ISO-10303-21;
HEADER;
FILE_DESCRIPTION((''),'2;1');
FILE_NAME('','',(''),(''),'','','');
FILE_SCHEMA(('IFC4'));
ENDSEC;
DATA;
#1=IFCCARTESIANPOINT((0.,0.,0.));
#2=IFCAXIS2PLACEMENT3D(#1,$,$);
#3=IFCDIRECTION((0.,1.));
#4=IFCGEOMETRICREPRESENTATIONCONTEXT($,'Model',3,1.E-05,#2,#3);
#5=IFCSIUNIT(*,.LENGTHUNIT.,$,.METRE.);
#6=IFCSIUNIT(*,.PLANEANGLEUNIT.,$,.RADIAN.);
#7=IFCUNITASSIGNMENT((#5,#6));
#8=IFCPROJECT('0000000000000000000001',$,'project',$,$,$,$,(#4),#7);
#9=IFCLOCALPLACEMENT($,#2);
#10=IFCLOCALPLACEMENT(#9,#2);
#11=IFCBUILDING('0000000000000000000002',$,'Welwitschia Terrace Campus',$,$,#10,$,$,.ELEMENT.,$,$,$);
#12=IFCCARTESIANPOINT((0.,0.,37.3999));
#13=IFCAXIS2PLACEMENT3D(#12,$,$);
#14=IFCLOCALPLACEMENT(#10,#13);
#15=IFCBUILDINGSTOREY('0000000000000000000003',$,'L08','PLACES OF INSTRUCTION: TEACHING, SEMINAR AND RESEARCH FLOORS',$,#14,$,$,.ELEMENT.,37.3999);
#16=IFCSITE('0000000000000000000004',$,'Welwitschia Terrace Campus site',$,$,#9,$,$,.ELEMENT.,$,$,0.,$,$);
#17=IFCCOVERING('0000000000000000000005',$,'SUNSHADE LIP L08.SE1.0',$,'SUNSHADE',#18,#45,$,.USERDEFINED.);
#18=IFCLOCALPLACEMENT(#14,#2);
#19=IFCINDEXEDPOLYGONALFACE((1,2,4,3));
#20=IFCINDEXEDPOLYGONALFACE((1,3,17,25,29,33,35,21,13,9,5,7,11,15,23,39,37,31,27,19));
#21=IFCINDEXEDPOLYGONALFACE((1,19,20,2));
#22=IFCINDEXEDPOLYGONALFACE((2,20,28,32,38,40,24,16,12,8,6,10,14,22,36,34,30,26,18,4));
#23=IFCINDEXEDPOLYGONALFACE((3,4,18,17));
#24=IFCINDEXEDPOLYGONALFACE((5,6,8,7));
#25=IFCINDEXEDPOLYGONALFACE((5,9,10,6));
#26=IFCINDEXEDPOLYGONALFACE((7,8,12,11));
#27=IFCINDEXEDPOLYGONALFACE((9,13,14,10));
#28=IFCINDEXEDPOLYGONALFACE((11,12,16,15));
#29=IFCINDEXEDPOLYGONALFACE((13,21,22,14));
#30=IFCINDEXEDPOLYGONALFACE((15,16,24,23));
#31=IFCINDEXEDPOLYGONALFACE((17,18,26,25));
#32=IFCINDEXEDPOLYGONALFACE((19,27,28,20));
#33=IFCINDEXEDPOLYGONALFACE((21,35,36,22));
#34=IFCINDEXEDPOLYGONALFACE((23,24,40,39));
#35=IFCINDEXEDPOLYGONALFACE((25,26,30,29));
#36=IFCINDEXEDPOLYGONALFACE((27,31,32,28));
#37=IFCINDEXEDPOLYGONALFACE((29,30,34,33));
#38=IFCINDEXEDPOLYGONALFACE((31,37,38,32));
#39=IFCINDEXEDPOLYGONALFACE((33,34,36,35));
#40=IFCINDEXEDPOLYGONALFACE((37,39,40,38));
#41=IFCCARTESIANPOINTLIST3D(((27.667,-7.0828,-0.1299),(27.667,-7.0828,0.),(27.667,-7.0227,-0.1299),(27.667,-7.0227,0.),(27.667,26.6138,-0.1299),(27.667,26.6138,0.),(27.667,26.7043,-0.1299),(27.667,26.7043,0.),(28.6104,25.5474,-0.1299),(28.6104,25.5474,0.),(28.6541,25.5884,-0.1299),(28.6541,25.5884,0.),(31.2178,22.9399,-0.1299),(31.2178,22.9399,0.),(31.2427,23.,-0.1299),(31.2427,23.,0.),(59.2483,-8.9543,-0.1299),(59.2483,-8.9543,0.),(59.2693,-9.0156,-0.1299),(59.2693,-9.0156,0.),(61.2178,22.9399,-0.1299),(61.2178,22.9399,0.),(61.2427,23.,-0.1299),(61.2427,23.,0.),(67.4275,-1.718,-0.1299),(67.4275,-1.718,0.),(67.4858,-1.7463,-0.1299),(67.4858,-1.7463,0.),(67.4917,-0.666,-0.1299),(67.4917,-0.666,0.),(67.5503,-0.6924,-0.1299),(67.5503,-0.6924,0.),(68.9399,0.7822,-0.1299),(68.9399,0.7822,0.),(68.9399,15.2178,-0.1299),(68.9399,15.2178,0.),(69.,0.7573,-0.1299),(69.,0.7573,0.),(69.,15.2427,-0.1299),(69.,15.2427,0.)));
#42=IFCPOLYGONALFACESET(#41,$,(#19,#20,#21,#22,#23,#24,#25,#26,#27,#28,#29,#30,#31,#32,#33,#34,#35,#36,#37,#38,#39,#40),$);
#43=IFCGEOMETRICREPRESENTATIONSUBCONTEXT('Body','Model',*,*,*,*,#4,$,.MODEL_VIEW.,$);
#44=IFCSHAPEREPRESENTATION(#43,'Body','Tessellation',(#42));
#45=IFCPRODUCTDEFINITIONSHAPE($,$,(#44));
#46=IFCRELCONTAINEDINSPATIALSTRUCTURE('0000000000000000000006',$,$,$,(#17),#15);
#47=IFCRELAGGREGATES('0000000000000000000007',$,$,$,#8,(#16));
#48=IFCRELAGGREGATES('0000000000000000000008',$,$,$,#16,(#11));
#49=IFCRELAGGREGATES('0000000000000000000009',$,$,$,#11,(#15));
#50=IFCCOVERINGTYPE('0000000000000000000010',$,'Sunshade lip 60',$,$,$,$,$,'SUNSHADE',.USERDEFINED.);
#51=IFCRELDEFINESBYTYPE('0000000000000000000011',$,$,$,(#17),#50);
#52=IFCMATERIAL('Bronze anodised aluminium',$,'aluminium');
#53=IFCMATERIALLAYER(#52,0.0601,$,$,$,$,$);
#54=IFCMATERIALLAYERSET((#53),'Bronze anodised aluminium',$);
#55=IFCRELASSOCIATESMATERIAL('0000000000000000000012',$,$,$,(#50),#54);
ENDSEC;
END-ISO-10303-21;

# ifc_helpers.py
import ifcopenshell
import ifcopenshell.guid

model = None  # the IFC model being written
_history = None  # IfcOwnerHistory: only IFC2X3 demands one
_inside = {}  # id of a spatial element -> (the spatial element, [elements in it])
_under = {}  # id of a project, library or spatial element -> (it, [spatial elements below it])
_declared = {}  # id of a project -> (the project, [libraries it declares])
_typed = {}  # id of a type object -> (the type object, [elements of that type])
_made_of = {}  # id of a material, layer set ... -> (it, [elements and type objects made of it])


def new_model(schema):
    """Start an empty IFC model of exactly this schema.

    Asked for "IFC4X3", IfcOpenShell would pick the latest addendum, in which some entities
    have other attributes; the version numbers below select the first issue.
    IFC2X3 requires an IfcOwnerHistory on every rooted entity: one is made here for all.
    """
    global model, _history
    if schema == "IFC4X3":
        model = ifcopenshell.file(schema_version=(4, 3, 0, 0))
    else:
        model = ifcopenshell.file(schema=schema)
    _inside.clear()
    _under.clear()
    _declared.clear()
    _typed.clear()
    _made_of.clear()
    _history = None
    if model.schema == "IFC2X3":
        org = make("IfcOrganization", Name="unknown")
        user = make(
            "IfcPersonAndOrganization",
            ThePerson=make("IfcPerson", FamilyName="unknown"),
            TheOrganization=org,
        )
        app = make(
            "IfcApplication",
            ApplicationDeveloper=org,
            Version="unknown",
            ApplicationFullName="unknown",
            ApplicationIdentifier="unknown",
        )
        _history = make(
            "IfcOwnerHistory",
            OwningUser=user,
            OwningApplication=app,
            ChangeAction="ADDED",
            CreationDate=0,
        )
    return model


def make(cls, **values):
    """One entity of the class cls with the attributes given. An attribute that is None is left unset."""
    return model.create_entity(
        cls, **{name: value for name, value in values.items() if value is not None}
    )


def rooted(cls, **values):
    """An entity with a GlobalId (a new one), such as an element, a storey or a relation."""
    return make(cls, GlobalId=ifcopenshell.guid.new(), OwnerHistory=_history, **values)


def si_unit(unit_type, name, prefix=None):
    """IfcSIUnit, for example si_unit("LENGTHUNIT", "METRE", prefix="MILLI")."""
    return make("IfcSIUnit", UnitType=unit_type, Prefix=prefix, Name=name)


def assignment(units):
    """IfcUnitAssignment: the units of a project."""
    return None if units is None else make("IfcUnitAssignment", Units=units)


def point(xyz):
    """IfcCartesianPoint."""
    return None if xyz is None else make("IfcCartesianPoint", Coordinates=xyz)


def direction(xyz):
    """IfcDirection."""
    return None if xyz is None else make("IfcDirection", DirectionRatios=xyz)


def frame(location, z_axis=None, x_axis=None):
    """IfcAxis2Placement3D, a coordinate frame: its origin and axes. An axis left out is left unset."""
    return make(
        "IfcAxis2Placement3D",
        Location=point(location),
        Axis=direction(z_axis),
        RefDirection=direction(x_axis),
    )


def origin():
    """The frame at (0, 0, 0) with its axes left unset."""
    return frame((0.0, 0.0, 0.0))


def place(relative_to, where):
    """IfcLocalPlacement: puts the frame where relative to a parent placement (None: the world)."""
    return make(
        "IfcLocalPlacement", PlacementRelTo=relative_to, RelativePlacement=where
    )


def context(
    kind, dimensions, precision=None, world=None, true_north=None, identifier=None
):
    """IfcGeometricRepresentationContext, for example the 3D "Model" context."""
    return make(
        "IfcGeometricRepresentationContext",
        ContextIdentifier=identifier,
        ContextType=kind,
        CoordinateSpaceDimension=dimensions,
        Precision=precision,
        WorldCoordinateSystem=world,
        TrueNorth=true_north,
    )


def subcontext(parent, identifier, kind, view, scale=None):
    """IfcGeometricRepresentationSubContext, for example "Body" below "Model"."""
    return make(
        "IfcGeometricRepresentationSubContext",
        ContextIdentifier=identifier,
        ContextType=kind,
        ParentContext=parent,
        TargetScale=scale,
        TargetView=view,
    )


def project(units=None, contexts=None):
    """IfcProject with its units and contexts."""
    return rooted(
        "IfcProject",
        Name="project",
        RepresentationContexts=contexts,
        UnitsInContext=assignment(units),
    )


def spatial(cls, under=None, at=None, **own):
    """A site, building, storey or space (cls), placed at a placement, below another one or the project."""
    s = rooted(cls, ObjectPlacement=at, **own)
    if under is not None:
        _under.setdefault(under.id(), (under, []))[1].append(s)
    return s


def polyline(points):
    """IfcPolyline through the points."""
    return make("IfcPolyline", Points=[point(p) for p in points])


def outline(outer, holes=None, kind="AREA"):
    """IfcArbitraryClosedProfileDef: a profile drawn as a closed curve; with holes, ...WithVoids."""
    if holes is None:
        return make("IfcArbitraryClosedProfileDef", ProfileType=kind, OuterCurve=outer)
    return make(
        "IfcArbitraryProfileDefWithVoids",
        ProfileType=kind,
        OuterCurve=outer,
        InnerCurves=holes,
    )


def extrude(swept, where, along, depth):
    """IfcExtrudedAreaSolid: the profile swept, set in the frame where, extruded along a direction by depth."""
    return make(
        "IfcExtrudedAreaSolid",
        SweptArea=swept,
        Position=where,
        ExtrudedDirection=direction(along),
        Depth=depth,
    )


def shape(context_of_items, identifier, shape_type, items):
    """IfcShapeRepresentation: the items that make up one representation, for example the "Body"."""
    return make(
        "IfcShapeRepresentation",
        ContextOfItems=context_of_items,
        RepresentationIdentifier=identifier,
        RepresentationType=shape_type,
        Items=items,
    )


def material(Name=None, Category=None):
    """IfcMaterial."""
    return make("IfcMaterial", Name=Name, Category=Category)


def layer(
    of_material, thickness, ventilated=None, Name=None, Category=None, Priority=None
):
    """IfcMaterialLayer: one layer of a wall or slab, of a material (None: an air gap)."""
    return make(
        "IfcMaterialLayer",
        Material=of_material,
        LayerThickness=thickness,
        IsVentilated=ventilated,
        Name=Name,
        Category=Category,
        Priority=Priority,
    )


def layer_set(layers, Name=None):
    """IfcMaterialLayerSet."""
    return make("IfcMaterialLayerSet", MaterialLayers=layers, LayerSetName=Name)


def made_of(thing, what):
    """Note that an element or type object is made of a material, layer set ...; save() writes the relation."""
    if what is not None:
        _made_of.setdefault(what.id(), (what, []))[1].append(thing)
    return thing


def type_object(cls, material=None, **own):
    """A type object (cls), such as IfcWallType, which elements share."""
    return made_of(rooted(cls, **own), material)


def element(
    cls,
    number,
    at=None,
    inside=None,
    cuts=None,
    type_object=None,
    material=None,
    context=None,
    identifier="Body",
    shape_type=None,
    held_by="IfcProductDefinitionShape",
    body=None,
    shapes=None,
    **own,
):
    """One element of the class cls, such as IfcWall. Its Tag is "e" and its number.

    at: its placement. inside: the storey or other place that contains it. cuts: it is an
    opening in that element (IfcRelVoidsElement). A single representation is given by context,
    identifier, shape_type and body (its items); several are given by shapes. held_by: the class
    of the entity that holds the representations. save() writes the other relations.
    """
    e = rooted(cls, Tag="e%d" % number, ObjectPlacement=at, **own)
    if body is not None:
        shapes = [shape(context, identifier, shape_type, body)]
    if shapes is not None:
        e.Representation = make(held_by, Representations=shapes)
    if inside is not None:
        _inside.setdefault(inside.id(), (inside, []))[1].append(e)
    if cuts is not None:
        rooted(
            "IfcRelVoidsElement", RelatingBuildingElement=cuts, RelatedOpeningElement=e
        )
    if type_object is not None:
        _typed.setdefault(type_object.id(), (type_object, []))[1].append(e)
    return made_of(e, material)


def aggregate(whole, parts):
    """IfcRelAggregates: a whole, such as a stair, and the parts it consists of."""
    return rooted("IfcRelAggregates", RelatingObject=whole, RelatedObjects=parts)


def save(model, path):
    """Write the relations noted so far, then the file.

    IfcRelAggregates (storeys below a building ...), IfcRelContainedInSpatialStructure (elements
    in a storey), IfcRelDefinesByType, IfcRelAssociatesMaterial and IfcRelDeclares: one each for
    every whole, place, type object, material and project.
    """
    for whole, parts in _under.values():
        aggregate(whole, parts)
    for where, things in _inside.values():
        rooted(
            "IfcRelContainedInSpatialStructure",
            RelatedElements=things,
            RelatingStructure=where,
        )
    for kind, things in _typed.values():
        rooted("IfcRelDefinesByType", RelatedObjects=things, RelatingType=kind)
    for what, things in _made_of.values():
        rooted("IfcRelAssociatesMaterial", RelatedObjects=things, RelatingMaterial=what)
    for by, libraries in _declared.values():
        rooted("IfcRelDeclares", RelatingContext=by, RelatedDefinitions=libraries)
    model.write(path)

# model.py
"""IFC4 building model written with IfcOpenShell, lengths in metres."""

from ifc_helpers import new_model, si_unit, direction, frame, origin, place, context, subcontext, project, spatial, polyline, outline, extrude, material, layer, layer_set, type_object, element, save


model = new_model("IFC4")

# Units and contexts
model_context = context("Model", 3, precision=1e-05, world=origin(), true_north=direction((0.0, 1.0)))
body_context = subcontext(model_context, "Body", "Model", "MODEL_VIEW")
ifc_project = project(units=[si_unit("LENGTHUNIT", "METRE"), si_unit("PLANEANGLEUNIT", "RADIAN")], contexts=[model_context])

# Site, building, storey
site_placement = place(None, origin())
site = spatial("IfcSite", under=ifc_project, at=site_placement, Name="Welwitschia Terrace Campus site", CompositionType="ELEMENT", RefElevation=0.0)
building_placement = place(site_placement, origin())
building = spatial("IfcBuilding", under=site, at=building_placement, Name="Welwitschia Terrace Campus", CompositionType="ELEMENT")
storey_placement = place(building_placement, frame((0.0, 0.0, 37.3999)))
storey = spatial("IfcBuildingStorey", under=building, at=storey_placement, Name="L08", Description="PLACES OF INSTRUCTION: TEACHING, SEMINAR AND RESEARCH FLOORS", CompositionType="ELEMENT", Elevation=37.3999)

# Covering
ifc_material_1 = material(Name="Bronze anodised aluminium", Category="aluminium")
ifc_layer_1 = layer(ifc_material_1, 0.0601)
ifc_layer_set_1 = layer_set([ifc_layer_1], Name="Bronze anodised aluminium")
covering_type_1 = type_object("IfcCoveringType", Name="Sunshade lip 60", ElementType="SUNSHADE", PredefinedType="USERDEFINED", material=ifc_layer_set_1)
covering_1_placement = place(storey_placement, frame((0.0, 0.0, -0.1299)))
element("IfcCovering", 1, at=covering_1_placement, inside=storey, type_object=covering_type_1, Name="SUNSHADE LIP L08.SE1.0", ObjectType="SUNSHADE", PredefinedType="USERDEFINED", context=body_context, shape_type="SweptSolid", body=[
    extrude(outline(polyline([(31.2427, 23.0), (61.2427, 23.0), (69.0, 15.2427), (69.0, 0.7573), (67.5503, -0.6924), (67.4858, -1.7463), (59.2693, -9.0156), (27.667, -7.0828), (27.667, -7.0227), (59.2483, -8.9543), (67.4275, -1.718), (67.4917, -0.666), (68.9399, 0.7822), (68.9399, 15.2178), (61.2178, 22.9399), (31.2178, 22.9399), (28.6104, 25.5474), (27.667, 26.6138), (27.667, 26.7043), (28.6541, 25.5884), (31.2427, 23.0)])), origin(), (0.0, 0.0, 1.0), 0.1299),
])

save(model, "model.ifc")
